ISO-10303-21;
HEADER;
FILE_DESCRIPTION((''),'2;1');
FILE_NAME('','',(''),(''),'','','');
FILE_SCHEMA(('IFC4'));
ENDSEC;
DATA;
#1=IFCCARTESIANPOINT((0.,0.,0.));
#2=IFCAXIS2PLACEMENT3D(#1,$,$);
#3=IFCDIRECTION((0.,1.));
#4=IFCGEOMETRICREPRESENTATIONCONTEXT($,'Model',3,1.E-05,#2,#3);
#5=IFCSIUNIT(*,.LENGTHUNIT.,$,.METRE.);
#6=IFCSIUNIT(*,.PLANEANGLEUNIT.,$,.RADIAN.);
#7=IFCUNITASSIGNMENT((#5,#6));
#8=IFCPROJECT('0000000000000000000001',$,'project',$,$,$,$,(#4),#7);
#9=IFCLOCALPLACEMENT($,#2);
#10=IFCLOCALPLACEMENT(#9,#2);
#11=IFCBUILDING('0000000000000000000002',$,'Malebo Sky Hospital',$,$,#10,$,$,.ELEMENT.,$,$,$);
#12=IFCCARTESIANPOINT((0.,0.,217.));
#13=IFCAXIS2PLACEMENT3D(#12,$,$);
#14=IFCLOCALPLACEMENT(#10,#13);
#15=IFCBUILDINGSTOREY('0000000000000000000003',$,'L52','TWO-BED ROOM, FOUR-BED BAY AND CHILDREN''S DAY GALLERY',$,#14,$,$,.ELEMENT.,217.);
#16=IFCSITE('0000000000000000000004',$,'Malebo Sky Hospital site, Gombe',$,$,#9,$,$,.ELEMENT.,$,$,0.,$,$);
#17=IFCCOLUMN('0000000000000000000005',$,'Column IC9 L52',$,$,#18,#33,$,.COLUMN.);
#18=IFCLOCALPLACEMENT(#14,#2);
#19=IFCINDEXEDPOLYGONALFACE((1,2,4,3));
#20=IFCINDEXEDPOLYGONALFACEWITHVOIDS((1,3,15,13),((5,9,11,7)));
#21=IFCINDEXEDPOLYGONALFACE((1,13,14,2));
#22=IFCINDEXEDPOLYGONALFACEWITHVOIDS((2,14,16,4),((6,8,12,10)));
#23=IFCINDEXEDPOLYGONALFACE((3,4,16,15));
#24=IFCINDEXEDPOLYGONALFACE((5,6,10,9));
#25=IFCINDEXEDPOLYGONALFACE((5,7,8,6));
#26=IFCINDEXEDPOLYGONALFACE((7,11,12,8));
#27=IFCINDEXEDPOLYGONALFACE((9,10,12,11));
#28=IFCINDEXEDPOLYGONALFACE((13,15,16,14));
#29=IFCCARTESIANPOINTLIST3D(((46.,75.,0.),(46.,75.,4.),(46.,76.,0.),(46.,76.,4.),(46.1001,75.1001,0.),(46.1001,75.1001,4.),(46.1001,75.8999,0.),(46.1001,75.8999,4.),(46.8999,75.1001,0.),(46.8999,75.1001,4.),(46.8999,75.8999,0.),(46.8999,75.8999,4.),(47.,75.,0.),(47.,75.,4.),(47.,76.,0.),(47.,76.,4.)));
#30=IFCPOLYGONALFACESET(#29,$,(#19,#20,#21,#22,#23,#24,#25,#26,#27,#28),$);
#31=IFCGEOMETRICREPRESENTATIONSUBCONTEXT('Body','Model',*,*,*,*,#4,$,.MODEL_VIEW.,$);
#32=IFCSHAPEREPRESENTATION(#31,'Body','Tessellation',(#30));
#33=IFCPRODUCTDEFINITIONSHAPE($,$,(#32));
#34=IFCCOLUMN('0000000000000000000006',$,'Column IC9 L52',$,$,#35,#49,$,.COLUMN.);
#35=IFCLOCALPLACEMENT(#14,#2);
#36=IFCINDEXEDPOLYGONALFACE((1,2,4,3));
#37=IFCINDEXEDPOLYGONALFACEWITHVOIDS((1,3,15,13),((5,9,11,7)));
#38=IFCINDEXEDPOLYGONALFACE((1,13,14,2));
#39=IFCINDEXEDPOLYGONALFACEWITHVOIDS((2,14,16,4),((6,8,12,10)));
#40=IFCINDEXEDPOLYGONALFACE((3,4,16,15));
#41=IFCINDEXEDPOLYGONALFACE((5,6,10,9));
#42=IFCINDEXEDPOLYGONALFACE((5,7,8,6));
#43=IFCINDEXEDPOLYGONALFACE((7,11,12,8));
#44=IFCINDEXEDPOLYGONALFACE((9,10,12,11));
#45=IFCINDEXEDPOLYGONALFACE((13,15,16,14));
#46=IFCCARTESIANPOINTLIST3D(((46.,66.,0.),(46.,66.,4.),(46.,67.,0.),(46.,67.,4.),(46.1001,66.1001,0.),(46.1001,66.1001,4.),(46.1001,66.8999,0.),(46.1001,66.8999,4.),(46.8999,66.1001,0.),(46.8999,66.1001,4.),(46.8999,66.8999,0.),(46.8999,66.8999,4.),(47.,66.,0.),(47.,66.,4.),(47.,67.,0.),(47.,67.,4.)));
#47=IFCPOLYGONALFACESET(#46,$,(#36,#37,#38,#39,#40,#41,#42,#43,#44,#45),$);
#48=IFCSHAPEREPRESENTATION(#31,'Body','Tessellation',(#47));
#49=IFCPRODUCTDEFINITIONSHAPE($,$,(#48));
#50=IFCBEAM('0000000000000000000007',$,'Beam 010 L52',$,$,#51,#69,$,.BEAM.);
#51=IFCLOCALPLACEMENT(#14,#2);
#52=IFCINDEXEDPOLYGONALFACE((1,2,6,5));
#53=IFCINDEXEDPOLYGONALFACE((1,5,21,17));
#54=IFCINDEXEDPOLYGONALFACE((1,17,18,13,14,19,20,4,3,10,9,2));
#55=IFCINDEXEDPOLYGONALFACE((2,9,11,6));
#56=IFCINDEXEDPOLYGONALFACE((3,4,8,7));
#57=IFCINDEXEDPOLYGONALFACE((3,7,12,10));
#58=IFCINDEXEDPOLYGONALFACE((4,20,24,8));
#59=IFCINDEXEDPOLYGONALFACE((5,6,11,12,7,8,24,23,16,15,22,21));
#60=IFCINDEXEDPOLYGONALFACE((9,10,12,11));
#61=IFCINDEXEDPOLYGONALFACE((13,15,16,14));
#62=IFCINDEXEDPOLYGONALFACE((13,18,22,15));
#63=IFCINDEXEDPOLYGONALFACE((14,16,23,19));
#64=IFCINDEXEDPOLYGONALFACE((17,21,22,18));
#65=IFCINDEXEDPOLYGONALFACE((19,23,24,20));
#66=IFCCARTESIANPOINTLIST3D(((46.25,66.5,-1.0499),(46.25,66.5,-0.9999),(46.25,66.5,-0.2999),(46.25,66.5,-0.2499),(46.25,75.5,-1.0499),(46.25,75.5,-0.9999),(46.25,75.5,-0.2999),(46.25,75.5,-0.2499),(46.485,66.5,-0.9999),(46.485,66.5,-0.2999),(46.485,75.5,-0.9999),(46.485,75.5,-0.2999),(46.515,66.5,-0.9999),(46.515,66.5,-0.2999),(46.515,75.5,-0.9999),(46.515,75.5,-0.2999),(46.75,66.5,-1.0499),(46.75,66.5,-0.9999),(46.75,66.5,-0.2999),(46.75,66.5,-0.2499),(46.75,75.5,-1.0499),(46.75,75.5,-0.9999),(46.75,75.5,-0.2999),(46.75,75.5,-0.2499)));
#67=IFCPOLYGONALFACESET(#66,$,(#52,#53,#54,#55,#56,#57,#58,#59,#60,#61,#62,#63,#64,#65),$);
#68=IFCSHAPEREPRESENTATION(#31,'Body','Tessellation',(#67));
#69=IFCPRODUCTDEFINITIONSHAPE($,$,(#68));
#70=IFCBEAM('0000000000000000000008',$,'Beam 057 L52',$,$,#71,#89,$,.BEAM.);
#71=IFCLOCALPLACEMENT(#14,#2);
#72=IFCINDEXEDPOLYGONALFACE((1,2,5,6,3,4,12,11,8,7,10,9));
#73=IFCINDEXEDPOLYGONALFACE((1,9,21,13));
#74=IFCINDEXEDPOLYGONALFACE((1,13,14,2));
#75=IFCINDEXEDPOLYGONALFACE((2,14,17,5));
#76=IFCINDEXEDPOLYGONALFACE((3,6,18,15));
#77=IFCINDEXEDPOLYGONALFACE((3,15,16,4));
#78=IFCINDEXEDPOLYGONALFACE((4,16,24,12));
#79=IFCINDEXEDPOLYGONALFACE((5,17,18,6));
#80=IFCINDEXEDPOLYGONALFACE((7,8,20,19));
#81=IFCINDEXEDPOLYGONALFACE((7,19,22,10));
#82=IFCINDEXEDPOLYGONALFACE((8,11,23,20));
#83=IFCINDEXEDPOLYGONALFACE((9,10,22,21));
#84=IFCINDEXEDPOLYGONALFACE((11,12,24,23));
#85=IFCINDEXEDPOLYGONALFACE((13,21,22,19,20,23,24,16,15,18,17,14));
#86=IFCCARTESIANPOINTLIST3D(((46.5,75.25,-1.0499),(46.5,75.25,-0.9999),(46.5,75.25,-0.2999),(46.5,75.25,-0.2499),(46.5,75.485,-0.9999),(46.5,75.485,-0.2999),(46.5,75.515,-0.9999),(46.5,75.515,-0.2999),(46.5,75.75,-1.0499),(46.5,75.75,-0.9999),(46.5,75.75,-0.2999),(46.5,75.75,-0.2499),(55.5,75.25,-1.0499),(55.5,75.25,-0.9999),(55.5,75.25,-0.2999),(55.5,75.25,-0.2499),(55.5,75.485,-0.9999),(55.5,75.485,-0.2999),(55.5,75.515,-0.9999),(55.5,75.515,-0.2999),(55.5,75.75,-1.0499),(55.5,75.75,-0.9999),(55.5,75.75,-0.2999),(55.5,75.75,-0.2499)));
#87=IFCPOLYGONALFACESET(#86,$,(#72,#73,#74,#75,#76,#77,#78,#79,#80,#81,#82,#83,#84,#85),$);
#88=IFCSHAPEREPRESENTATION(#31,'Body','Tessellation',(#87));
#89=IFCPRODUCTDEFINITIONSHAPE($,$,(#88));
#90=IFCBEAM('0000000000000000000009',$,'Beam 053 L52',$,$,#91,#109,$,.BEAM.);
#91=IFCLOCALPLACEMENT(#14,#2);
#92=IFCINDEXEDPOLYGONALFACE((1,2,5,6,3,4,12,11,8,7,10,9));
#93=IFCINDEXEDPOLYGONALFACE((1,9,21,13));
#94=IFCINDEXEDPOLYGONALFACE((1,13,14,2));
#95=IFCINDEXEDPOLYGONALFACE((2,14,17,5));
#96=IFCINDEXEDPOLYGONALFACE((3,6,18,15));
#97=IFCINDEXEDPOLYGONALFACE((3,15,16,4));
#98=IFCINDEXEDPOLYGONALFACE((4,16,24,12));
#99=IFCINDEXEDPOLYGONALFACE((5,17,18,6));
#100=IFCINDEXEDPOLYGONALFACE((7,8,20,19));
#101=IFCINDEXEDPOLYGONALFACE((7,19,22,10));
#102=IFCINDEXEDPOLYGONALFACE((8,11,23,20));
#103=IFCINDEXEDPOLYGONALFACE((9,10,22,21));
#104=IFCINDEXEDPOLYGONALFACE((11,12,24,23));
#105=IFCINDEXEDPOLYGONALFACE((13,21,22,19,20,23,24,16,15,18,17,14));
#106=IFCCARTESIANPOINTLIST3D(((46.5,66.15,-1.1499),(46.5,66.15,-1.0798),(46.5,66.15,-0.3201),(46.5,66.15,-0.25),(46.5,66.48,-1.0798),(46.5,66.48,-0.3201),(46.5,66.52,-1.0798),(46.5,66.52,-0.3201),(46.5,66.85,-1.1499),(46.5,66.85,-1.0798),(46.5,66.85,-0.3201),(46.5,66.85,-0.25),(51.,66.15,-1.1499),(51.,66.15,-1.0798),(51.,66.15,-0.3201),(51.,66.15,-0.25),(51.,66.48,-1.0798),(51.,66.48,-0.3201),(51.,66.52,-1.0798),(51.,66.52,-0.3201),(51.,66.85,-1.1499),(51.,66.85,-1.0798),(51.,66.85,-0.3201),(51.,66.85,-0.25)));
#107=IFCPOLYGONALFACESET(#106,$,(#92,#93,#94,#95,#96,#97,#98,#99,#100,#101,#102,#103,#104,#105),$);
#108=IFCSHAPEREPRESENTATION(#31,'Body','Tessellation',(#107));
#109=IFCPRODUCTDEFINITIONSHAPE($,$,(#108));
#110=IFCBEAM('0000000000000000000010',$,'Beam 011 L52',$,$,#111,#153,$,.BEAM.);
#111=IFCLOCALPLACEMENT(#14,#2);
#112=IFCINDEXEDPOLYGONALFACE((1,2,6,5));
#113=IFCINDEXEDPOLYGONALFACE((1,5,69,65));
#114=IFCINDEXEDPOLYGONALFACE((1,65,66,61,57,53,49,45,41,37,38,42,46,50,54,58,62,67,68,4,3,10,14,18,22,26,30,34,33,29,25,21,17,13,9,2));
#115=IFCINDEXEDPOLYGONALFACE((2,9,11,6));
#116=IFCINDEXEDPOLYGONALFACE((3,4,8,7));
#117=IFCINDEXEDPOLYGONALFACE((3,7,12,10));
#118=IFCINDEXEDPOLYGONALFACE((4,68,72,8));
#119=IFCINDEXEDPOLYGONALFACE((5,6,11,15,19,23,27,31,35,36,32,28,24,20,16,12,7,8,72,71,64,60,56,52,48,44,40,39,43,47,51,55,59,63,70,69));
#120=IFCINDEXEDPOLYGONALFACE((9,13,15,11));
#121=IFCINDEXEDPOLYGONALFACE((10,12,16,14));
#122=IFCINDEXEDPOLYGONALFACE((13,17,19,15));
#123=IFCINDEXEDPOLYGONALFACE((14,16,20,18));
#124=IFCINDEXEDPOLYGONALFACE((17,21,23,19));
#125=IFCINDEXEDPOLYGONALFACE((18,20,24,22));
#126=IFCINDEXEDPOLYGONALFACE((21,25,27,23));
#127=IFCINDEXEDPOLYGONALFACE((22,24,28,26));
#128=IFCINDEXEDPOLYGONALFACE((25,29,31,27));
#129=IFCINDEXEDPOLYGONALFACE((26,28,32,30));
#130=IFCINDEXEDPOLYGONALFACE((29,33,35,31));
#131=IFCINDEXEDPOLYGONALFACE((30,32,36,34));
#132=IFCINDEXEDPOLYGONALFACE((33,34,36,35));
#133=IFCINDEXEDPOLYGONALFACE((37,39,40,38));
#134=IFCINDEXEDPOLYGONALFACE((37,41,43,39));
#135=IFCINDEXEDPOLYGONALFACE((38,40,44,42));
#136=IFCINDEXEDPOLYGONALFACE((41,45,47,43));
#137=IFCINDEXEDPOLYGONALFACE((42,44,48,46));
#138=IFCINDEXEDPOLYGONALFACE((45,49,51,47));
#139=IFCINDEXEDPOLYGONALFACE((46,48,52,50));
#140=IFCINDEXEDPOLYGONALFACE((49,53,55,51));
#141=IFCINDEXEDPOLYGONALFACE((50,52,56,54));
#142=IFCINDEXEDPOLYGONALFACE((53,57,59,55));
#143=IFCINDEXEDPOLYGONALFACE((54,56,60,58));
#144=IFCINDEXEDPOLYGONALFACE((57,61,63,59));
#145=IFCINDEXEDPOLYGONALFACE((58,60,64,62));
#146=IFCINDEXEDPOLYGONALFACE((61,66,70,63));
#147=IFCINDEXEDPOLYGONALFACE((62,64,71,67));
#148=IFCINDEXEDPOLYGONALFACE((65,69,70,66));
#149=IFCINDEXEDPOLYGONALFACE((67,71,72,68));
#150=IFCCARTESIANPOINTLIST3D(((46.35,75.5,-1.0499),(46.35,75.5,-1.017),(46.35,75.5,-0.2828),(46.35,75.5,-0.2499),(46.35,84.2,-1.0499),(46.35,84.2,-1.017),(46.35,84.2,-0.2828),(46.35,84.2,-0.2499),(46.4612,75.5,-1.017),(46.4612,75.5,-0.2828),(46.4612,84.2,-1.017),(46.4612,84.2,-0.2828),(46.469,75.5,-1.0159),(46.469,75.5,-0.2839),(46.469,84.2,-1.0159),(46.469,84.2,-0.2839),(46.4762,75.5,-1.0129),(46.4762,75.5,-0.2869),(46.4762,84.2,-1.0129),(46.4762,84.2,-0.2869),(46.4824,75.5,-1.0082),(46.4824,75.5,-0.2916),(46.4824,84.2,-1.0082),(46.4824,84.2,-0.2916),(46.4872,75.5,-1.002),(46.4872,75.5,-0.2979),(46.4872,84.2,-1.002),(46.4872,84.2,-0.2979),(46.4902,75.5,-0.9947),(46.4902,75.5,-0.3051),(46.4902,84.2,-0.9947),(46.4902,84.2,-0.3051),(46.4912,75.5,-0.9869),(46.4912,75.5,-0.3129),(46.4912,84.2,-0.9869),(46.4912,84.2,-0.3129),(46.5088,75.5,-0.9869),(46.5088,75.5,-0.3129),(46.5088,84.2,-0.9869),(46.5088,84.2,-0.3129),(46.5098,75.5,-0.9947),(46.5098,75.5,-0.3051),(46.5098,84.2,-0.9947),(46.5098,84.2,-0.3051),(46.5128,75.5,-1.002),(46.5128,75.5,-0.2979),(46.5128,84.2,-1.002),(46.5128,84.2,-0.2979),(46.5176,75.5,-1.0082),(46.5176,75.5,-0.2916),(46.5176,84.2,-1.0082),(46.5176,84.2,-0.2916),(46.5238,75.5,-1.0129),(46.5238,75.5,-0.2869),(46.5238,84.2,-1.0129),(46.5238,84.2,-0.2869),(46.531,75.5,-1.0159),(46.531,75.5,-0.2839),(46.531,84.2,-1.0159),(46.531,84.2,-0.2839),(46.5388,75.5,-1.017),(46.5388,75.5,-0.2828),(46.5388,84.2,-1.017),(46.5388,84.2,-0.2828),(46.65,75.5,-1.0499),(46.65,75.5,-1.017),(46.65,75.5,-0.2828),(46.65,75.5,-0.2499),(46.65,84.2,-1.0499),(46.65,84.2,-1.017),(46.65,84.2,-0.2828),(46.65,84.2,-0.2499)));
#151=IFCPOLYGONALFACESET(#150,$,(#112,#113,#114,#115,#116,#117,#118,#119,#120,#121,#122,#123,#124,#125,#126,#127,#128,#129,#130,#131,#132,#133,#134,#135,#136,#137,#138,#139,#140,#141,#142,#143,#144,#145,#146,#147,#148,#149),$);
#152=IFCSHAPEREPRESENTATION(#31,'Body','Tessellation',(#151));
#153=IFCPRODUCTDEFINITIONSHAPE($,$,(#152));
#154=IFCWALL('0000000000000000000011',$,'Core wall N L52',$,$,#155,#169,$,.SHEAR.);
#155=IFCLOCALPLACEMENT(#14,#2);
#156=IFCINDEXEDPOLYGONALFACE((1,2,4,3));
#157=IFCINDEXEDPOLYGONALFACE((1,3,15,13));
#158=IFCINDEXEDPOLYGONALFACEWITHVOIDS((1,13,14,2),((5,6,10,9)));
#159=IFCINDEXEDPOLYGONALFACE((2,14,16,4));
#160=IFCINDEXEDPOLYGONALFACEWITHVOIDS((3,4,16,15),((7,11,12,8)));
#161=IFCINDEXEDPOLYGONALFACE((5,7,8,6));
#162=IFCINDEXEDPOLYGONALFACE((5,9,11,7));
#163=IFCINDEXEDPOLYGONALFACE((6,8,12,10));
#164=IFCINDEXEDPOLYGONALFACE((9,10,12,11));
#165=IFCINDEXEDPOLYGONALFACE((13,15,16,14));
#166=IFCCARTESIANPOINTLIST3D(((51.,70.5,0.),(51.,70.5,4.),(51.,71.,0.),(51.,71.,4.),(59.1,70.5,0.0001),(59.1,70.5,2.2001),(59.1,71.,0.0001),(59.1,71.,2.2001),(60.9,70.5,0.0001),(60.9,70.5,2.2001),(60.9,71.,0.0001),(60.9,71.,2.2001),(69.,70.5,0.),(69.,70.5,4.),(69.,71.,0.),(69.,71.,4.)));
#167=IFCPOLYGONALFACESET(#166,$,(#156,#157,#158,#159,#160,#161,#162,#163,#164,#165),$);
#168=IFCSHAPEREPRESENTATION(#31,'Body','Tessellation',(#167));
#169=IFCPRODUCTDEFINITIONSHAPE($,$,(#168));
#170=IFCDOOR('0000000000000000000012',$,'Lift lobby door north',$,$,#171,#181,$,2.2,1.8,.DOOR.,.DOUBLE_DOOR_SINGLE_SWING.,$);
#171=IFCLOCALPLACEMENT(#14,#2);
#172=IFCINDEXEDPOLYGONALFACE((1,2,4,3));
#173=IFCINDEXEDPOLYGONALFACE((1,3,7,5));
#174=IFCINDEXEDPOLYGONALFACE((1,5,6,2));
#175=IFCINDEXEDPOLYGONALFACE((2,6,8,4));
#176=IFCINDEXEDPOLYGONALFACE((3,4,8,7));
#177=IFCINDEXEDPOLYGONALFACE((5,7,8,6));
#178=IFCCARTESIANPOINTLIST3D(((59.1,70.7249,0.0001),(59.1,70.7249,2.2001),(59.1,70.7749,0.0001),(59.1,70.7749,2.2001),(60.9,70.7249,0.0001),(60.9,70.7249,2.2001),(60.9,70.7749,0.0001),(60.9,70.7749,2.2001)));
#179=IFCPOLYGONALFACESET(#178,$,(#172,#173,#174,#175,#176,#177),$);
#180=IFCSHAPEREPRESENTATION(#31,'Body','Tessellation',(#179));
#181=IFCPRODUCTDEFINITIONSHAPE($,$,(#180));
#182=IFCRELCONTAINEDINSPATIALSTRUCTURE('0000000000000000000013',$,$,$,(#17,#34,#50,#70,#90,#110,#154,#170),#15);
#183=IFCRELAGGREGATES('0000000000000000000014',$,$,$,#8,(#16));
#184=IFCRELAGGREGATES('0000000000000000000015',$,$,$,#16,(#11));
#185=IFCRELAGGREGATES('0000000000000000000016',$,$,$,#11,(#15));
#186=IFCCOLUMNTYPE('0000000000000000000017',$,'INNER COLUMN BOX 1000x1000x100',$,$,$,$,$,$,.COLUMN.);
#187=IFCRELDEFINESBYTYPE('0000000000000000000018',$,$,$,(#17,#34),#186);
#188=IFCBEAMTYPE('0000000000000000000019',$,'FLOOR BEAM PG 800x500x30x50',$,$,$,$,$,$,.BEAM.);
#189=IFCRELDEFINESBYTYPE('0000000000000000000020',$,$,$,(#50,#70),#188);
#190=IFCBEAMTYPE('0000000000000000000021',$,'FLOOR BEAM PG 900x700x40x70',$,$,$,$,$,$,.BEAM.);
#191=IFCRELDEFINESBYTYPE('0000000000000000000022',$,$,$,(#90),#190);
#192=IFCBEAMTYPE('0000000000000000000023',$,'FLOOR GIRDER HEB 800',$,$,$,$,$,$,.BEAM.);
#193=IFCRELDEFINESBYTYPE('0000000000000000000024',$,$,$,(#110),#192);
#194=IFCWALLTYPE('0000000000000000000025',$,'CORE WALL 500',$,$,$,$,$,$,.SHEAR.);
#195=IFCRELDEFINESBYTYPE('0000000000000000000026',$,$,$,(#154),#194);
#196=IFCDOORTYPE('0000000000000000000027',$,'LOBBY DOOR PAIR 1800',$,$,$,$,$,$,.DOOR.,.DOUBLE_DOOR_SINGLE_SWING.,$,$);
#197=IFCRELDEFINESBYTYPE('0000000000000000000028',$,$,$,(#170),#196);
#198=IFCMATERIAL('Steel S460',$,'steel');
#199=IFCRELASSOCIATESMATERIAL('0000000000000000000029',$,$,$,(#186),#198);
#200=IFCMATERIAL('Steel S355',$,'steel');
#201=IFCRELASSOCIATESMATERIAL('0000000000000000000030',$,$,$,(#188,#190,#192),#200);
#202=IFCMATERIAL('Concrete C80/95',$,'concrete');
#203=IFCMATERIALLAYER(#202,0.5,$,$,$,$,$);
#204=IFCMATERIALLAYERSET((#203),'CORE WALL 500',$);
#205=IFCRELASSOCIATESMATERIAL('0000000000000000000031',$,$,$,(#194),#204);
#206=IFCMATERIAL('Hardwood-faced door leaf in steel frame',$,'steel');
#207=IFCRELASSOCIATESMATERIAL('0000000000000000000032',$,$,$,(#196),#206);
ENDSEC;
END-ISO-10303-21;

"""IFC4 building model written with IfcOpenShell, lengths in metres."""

from ifc_helpers import new_model, si_unit, direction, frame, frame_2d, origin, origin_2d, place, context, subcontext, project, spatial, rectangle, hollow_rectangle, i_section, extrude, material, layer, layer_set, material_profile, profile_set, type_object, element, fill, save


model = new_model("IFC4")

# Units and contexts
model_context = context("Model", 3, precision=1e-05, world=origin(), true_north=direction((0.0, 1.0)))
body_context = subcontext(model_context, "Body", "Model", "MODEL_VIEW")
ifc_project = project(units=[si_unit("LENGTHUNIT", "METRE"), si_unit("PLANEANGLEUNIT", "RADIAN")], contexts=[model_context])

# Site, building, storey
site_placement = place(None, origin())
site = spatial("IfcSite", under=ifc_project, at=site_placement, Name="Malebo Sky Hospital site, Gombe", CompositionType="ELEMENT", RefElevation=0.0)
building_placement = place(site_placement, origin())
building = spatial("IfcBuilding", under=site, at=building_placement, Name="Malebo Sky Hospital", CompositionType="ELEMENT")
storey_placement = place(building_placement, frame((0.0, 0.0, 217.0)))
storey = spatial("IfcBuildingStorey", under=building, at=storey_placement, Name="L52", Description="TWO-BED ROOM, FOUR-BED BAY AND CHILDREN'S DAY GALLERY", CompositionType="ELEMENT", Elevation=217.0)

# Columns
ifc_material_1 = material(Name="Steel S460", Category="steel")
ifc_material_profile_1 = material_profile(ifc_material_1, hollow_rectangle(XDim=1.0, YDim=1.0, WallThickness=0.1001, at=origin_2d()), Name="BOX 1000x1000x100")
ifc_profile_set_1 = profile_set([ifc_material_profile_1], Name="Steel S460")
column_type = type_object("IfcColumnType", Name="INNER COLUMN BOX 1000x1000x100", PredefinedType="COLUMN", material=ifc_profile_set_1)
for number, where, z_axis, x_axis, name in (
    (1, (46.5, 75.5, 0.0), (0.0, 0.0, 1.0), (1.0, 0.0, 0.0), "Column IC9 L52"),
    (2, (46.5, 66.5, 0.0), (0.0, 0.0, 1.0), (1.0, 0.0, 0.0), "Column IC9 L52"),
):
    element("IfcColumn", number, at=place(storey_placement, frame(where, z_axis=z_axis, x_axis=x_axis)), inside=storey, type_object=column_type, Name=name, PredefinedType="COLUMN", context=body_context, shape_type="SweptSolid", body=[
        extrude(hollow_rectangle(XDim=1.0, YDim=1.0, WallThickness=0.1001, at=origin_2d()), origin(), (0.0, 0.0, 1.0), 4.0),
    ])

# Beams
ifc_material_2 = material(Name="Steel S355", Category="steel")
ifc_material_profile_2 = material_profile(ifc_material_2, i_section(OverallWidth=0.5, OverallDepth=0.8, WebThickness=0.03, FlangeThickness=0.05, at=origin_2d()), Name="PG 800x500x30x50")
ifc_profile_set_2 = profile_set([ifc_material_profile_2], Name="Steel S355")
beam_type_1 = type_object("IfcBeamType", Name="FLOOR BEAM PG 800x500x30x50", PredefinedType="BEAM", material=ifc_profile_set_2)
for number, where, z_axis, x_axis, name in (
    (3, (46.5, 66.5, -0.6499), (0.0, 1.0, 0.0), (-1.0, 0.0, 0.0), "Beam 010 L52"),
    (4, (46.5, 75.5, -0.6499), (1.0, 0.0, 0.0), (0.0, 1.0, 0.0), "Beam 057 L52"),
):
    element("IfcBeam", number, at=place(storey_placement, frame(where, z_axis=z_axis, x_axis=x_axis)), inside=storey, type_object=beam_type_1, Name=name, PredefinedType="BEAM", context=body_context, shape_type="SweptSolid", body=[
        extrude(i_section(OverallWidth=0.5, OverallDepth=0.8, WebThickness=0.03, FlangeThickness=0.05, at=origin_2d()), origin(), (0.0, 0.0, 1.0), 9.0),
    ])
ifc_material_profile_3 = material_profile(ifc_material_2, i_section(OverallWidth=0.7, OverallDepth=0.8999, WebThickness=0.04, FlangeThickness=0.0701, at=origin_2d()), Name="PG 900x700x40x70")
ifc_profile_set_3 = profile_set([ifc_material_profile_3], Name="Steel S355")
beam_type_2 = type_object("IfcBeamType", Name="FLOOR BEAM PG 900x700x40x70", PredefinedType="BEAM", material=ifc_profile_set_3)
beam_1_placement = place(storey_placement, frame((46.5, 66.5, -0.7), z_axis=(1.0, 0.0, 0.0), x_axis=(0.0, 1.0, 0.0)))
element("IfcBeam", 5, at=beam_1_placement, inside=storey, type_object=beam_type_2, Name="Beam 053 L52", PredefinedType="BEAM", context=body_context, shape_type="SweptSolid", body=[
    extrude(i_section(OverallWidth=0.7, OverallDepth=0.8999, WebThickness=0.04, FlangeThickness=0.0701, at=origin_2d()), origin(), (0.0, 0.0, 1.0), 4.5),
])
ifc_material_profile_4 = material_profile(ifc_material_2, i_section(OverallWidth=0.3, OverallDepth=0.8, WebThickness=0.0176, FlangeThickness=0.033, FilletRadius=0.03, at=origin_2d()), Name="HEB 800")
ifc_profile_set_4 = profile_set([ifc_material_profile_4], Name="Steel S355")
beam_type_3 = type_object("IfcBeamType", Name="FLOOR GIRDER HEB 800", PredefinedType="BEAM", material=ifc_profile_set_4)
beam_2_placement = place(storey_placement, frame((46.5, 75.5, -0.6499), z_axis=(0.0, 1.0, 0.0), x_axis=(-1.0, 0.0, 0.0)))
element("IfcBeam", 6, at=beam_2_placement, inside=storey, type_object=beam_type_3, Name="Beam 011 L52", PredefinedType="BEAM", context=body_context, shape_type="SweptSolid", body=[
    extrude(i_section(OverallWidth=0.3, OverallDepth=0.8, WebThickness=0.0176, FlangeThickness=0.033, FilletRadius=0.03, at=origin_2d()), origin(), (0.0, 0.0, 1.0), 8.7),
])

# Wall, opening, door
ifc_material_3 = material(Name="Concrete C80/95", Category="concrete")
ifc_layer_1 = layer(ifc_material_3, 0.5)
ifc_layer_set_1 = layer_set([ifc_layer_1], Name="CORE WALL 500")
wall_type_1 = type_object("IfcWallType", Name="CORE WALL 500", PredefinedType="SHEAR", material=ifc_layer_set_1)
wall_1_placement = place(storey_placement, frame((51.0, 70.75, 0.0), z_axis=(0.0, 0.0, 1.0), x_axis=(1.0, 0.0, 0.0)))
wall_1 = element("IfcWall", 7, at=wall_1_placement, inside=storey, type_object=wall_type_1, Name="Core wall N L52", PredefinedType="SHEAR", context=body_context, shape_type="SweptSolid", body=[
    extrude(rectangle(XDim=18.0, YDim=0.5, at=frame_2d((9.0, 0.0))), origin(), (0.0, 0.0, 1.0), 4.0),
])
opening_1_placement = place(wall_1_placement, frame((8.1001, 0.0, 0.0)))
opening_1 = element("IfcOpeningElement", 8, at=opening_1_placement, cuts=wall_1, PredefinedType="OPENING", context=body_context, shape_type="SweptSolid", body=[
    extrude(rectangle(XDim=1.8, YDim=2.2, at=frame_2d((0.8999, 1.1001))), frame((0.0, 0.26, 0.0), z_axis=(0.0, -1.0, 0.0), x_axis=(1.0, 0.0, 0.0)), (0.0, 0.0, 1.0), 0.52),
])
ifc_material_4 = material(Name="Hardwood-faced door leaf in steel frame", Category="steel")
door_type_1 = type_object("IfcDoorType", Name="LOBBY DOOR PAIR 1800", OperationType="DOUBLE_DOOR_SINGLE_SWING", PredefinedType="DOOR", material=ifc_material_4)
door_1_placement = place(opening_1_placement, origin())
door_1 = element("IfcDoor", 9, at=door_1_placement, inside=storey, type_object=door_type_1, Name="Lift lobby door north", OperationType="DOUBLE_DOOR_SINGLE_SWING", OverallHeight=2.2, OverallWidth=1.8, PredefinedType="DOOR", context=body_context, shape_type="SweptSolid", body=[
    extrude(rectangle(XDim=1.8, YDim=2.2, at=frame_2d((0.8999, 1.1001))), frame((0.0, 0.0249, 0.0), z_axis=(0.0, -1.0, 0.0), x_axis=(1.0, 0.0, 0.0)), (0.0, 0.0, 1.0), 0.05),
])
fill(opening_1, door_1)

save(model, "model.ifc")
